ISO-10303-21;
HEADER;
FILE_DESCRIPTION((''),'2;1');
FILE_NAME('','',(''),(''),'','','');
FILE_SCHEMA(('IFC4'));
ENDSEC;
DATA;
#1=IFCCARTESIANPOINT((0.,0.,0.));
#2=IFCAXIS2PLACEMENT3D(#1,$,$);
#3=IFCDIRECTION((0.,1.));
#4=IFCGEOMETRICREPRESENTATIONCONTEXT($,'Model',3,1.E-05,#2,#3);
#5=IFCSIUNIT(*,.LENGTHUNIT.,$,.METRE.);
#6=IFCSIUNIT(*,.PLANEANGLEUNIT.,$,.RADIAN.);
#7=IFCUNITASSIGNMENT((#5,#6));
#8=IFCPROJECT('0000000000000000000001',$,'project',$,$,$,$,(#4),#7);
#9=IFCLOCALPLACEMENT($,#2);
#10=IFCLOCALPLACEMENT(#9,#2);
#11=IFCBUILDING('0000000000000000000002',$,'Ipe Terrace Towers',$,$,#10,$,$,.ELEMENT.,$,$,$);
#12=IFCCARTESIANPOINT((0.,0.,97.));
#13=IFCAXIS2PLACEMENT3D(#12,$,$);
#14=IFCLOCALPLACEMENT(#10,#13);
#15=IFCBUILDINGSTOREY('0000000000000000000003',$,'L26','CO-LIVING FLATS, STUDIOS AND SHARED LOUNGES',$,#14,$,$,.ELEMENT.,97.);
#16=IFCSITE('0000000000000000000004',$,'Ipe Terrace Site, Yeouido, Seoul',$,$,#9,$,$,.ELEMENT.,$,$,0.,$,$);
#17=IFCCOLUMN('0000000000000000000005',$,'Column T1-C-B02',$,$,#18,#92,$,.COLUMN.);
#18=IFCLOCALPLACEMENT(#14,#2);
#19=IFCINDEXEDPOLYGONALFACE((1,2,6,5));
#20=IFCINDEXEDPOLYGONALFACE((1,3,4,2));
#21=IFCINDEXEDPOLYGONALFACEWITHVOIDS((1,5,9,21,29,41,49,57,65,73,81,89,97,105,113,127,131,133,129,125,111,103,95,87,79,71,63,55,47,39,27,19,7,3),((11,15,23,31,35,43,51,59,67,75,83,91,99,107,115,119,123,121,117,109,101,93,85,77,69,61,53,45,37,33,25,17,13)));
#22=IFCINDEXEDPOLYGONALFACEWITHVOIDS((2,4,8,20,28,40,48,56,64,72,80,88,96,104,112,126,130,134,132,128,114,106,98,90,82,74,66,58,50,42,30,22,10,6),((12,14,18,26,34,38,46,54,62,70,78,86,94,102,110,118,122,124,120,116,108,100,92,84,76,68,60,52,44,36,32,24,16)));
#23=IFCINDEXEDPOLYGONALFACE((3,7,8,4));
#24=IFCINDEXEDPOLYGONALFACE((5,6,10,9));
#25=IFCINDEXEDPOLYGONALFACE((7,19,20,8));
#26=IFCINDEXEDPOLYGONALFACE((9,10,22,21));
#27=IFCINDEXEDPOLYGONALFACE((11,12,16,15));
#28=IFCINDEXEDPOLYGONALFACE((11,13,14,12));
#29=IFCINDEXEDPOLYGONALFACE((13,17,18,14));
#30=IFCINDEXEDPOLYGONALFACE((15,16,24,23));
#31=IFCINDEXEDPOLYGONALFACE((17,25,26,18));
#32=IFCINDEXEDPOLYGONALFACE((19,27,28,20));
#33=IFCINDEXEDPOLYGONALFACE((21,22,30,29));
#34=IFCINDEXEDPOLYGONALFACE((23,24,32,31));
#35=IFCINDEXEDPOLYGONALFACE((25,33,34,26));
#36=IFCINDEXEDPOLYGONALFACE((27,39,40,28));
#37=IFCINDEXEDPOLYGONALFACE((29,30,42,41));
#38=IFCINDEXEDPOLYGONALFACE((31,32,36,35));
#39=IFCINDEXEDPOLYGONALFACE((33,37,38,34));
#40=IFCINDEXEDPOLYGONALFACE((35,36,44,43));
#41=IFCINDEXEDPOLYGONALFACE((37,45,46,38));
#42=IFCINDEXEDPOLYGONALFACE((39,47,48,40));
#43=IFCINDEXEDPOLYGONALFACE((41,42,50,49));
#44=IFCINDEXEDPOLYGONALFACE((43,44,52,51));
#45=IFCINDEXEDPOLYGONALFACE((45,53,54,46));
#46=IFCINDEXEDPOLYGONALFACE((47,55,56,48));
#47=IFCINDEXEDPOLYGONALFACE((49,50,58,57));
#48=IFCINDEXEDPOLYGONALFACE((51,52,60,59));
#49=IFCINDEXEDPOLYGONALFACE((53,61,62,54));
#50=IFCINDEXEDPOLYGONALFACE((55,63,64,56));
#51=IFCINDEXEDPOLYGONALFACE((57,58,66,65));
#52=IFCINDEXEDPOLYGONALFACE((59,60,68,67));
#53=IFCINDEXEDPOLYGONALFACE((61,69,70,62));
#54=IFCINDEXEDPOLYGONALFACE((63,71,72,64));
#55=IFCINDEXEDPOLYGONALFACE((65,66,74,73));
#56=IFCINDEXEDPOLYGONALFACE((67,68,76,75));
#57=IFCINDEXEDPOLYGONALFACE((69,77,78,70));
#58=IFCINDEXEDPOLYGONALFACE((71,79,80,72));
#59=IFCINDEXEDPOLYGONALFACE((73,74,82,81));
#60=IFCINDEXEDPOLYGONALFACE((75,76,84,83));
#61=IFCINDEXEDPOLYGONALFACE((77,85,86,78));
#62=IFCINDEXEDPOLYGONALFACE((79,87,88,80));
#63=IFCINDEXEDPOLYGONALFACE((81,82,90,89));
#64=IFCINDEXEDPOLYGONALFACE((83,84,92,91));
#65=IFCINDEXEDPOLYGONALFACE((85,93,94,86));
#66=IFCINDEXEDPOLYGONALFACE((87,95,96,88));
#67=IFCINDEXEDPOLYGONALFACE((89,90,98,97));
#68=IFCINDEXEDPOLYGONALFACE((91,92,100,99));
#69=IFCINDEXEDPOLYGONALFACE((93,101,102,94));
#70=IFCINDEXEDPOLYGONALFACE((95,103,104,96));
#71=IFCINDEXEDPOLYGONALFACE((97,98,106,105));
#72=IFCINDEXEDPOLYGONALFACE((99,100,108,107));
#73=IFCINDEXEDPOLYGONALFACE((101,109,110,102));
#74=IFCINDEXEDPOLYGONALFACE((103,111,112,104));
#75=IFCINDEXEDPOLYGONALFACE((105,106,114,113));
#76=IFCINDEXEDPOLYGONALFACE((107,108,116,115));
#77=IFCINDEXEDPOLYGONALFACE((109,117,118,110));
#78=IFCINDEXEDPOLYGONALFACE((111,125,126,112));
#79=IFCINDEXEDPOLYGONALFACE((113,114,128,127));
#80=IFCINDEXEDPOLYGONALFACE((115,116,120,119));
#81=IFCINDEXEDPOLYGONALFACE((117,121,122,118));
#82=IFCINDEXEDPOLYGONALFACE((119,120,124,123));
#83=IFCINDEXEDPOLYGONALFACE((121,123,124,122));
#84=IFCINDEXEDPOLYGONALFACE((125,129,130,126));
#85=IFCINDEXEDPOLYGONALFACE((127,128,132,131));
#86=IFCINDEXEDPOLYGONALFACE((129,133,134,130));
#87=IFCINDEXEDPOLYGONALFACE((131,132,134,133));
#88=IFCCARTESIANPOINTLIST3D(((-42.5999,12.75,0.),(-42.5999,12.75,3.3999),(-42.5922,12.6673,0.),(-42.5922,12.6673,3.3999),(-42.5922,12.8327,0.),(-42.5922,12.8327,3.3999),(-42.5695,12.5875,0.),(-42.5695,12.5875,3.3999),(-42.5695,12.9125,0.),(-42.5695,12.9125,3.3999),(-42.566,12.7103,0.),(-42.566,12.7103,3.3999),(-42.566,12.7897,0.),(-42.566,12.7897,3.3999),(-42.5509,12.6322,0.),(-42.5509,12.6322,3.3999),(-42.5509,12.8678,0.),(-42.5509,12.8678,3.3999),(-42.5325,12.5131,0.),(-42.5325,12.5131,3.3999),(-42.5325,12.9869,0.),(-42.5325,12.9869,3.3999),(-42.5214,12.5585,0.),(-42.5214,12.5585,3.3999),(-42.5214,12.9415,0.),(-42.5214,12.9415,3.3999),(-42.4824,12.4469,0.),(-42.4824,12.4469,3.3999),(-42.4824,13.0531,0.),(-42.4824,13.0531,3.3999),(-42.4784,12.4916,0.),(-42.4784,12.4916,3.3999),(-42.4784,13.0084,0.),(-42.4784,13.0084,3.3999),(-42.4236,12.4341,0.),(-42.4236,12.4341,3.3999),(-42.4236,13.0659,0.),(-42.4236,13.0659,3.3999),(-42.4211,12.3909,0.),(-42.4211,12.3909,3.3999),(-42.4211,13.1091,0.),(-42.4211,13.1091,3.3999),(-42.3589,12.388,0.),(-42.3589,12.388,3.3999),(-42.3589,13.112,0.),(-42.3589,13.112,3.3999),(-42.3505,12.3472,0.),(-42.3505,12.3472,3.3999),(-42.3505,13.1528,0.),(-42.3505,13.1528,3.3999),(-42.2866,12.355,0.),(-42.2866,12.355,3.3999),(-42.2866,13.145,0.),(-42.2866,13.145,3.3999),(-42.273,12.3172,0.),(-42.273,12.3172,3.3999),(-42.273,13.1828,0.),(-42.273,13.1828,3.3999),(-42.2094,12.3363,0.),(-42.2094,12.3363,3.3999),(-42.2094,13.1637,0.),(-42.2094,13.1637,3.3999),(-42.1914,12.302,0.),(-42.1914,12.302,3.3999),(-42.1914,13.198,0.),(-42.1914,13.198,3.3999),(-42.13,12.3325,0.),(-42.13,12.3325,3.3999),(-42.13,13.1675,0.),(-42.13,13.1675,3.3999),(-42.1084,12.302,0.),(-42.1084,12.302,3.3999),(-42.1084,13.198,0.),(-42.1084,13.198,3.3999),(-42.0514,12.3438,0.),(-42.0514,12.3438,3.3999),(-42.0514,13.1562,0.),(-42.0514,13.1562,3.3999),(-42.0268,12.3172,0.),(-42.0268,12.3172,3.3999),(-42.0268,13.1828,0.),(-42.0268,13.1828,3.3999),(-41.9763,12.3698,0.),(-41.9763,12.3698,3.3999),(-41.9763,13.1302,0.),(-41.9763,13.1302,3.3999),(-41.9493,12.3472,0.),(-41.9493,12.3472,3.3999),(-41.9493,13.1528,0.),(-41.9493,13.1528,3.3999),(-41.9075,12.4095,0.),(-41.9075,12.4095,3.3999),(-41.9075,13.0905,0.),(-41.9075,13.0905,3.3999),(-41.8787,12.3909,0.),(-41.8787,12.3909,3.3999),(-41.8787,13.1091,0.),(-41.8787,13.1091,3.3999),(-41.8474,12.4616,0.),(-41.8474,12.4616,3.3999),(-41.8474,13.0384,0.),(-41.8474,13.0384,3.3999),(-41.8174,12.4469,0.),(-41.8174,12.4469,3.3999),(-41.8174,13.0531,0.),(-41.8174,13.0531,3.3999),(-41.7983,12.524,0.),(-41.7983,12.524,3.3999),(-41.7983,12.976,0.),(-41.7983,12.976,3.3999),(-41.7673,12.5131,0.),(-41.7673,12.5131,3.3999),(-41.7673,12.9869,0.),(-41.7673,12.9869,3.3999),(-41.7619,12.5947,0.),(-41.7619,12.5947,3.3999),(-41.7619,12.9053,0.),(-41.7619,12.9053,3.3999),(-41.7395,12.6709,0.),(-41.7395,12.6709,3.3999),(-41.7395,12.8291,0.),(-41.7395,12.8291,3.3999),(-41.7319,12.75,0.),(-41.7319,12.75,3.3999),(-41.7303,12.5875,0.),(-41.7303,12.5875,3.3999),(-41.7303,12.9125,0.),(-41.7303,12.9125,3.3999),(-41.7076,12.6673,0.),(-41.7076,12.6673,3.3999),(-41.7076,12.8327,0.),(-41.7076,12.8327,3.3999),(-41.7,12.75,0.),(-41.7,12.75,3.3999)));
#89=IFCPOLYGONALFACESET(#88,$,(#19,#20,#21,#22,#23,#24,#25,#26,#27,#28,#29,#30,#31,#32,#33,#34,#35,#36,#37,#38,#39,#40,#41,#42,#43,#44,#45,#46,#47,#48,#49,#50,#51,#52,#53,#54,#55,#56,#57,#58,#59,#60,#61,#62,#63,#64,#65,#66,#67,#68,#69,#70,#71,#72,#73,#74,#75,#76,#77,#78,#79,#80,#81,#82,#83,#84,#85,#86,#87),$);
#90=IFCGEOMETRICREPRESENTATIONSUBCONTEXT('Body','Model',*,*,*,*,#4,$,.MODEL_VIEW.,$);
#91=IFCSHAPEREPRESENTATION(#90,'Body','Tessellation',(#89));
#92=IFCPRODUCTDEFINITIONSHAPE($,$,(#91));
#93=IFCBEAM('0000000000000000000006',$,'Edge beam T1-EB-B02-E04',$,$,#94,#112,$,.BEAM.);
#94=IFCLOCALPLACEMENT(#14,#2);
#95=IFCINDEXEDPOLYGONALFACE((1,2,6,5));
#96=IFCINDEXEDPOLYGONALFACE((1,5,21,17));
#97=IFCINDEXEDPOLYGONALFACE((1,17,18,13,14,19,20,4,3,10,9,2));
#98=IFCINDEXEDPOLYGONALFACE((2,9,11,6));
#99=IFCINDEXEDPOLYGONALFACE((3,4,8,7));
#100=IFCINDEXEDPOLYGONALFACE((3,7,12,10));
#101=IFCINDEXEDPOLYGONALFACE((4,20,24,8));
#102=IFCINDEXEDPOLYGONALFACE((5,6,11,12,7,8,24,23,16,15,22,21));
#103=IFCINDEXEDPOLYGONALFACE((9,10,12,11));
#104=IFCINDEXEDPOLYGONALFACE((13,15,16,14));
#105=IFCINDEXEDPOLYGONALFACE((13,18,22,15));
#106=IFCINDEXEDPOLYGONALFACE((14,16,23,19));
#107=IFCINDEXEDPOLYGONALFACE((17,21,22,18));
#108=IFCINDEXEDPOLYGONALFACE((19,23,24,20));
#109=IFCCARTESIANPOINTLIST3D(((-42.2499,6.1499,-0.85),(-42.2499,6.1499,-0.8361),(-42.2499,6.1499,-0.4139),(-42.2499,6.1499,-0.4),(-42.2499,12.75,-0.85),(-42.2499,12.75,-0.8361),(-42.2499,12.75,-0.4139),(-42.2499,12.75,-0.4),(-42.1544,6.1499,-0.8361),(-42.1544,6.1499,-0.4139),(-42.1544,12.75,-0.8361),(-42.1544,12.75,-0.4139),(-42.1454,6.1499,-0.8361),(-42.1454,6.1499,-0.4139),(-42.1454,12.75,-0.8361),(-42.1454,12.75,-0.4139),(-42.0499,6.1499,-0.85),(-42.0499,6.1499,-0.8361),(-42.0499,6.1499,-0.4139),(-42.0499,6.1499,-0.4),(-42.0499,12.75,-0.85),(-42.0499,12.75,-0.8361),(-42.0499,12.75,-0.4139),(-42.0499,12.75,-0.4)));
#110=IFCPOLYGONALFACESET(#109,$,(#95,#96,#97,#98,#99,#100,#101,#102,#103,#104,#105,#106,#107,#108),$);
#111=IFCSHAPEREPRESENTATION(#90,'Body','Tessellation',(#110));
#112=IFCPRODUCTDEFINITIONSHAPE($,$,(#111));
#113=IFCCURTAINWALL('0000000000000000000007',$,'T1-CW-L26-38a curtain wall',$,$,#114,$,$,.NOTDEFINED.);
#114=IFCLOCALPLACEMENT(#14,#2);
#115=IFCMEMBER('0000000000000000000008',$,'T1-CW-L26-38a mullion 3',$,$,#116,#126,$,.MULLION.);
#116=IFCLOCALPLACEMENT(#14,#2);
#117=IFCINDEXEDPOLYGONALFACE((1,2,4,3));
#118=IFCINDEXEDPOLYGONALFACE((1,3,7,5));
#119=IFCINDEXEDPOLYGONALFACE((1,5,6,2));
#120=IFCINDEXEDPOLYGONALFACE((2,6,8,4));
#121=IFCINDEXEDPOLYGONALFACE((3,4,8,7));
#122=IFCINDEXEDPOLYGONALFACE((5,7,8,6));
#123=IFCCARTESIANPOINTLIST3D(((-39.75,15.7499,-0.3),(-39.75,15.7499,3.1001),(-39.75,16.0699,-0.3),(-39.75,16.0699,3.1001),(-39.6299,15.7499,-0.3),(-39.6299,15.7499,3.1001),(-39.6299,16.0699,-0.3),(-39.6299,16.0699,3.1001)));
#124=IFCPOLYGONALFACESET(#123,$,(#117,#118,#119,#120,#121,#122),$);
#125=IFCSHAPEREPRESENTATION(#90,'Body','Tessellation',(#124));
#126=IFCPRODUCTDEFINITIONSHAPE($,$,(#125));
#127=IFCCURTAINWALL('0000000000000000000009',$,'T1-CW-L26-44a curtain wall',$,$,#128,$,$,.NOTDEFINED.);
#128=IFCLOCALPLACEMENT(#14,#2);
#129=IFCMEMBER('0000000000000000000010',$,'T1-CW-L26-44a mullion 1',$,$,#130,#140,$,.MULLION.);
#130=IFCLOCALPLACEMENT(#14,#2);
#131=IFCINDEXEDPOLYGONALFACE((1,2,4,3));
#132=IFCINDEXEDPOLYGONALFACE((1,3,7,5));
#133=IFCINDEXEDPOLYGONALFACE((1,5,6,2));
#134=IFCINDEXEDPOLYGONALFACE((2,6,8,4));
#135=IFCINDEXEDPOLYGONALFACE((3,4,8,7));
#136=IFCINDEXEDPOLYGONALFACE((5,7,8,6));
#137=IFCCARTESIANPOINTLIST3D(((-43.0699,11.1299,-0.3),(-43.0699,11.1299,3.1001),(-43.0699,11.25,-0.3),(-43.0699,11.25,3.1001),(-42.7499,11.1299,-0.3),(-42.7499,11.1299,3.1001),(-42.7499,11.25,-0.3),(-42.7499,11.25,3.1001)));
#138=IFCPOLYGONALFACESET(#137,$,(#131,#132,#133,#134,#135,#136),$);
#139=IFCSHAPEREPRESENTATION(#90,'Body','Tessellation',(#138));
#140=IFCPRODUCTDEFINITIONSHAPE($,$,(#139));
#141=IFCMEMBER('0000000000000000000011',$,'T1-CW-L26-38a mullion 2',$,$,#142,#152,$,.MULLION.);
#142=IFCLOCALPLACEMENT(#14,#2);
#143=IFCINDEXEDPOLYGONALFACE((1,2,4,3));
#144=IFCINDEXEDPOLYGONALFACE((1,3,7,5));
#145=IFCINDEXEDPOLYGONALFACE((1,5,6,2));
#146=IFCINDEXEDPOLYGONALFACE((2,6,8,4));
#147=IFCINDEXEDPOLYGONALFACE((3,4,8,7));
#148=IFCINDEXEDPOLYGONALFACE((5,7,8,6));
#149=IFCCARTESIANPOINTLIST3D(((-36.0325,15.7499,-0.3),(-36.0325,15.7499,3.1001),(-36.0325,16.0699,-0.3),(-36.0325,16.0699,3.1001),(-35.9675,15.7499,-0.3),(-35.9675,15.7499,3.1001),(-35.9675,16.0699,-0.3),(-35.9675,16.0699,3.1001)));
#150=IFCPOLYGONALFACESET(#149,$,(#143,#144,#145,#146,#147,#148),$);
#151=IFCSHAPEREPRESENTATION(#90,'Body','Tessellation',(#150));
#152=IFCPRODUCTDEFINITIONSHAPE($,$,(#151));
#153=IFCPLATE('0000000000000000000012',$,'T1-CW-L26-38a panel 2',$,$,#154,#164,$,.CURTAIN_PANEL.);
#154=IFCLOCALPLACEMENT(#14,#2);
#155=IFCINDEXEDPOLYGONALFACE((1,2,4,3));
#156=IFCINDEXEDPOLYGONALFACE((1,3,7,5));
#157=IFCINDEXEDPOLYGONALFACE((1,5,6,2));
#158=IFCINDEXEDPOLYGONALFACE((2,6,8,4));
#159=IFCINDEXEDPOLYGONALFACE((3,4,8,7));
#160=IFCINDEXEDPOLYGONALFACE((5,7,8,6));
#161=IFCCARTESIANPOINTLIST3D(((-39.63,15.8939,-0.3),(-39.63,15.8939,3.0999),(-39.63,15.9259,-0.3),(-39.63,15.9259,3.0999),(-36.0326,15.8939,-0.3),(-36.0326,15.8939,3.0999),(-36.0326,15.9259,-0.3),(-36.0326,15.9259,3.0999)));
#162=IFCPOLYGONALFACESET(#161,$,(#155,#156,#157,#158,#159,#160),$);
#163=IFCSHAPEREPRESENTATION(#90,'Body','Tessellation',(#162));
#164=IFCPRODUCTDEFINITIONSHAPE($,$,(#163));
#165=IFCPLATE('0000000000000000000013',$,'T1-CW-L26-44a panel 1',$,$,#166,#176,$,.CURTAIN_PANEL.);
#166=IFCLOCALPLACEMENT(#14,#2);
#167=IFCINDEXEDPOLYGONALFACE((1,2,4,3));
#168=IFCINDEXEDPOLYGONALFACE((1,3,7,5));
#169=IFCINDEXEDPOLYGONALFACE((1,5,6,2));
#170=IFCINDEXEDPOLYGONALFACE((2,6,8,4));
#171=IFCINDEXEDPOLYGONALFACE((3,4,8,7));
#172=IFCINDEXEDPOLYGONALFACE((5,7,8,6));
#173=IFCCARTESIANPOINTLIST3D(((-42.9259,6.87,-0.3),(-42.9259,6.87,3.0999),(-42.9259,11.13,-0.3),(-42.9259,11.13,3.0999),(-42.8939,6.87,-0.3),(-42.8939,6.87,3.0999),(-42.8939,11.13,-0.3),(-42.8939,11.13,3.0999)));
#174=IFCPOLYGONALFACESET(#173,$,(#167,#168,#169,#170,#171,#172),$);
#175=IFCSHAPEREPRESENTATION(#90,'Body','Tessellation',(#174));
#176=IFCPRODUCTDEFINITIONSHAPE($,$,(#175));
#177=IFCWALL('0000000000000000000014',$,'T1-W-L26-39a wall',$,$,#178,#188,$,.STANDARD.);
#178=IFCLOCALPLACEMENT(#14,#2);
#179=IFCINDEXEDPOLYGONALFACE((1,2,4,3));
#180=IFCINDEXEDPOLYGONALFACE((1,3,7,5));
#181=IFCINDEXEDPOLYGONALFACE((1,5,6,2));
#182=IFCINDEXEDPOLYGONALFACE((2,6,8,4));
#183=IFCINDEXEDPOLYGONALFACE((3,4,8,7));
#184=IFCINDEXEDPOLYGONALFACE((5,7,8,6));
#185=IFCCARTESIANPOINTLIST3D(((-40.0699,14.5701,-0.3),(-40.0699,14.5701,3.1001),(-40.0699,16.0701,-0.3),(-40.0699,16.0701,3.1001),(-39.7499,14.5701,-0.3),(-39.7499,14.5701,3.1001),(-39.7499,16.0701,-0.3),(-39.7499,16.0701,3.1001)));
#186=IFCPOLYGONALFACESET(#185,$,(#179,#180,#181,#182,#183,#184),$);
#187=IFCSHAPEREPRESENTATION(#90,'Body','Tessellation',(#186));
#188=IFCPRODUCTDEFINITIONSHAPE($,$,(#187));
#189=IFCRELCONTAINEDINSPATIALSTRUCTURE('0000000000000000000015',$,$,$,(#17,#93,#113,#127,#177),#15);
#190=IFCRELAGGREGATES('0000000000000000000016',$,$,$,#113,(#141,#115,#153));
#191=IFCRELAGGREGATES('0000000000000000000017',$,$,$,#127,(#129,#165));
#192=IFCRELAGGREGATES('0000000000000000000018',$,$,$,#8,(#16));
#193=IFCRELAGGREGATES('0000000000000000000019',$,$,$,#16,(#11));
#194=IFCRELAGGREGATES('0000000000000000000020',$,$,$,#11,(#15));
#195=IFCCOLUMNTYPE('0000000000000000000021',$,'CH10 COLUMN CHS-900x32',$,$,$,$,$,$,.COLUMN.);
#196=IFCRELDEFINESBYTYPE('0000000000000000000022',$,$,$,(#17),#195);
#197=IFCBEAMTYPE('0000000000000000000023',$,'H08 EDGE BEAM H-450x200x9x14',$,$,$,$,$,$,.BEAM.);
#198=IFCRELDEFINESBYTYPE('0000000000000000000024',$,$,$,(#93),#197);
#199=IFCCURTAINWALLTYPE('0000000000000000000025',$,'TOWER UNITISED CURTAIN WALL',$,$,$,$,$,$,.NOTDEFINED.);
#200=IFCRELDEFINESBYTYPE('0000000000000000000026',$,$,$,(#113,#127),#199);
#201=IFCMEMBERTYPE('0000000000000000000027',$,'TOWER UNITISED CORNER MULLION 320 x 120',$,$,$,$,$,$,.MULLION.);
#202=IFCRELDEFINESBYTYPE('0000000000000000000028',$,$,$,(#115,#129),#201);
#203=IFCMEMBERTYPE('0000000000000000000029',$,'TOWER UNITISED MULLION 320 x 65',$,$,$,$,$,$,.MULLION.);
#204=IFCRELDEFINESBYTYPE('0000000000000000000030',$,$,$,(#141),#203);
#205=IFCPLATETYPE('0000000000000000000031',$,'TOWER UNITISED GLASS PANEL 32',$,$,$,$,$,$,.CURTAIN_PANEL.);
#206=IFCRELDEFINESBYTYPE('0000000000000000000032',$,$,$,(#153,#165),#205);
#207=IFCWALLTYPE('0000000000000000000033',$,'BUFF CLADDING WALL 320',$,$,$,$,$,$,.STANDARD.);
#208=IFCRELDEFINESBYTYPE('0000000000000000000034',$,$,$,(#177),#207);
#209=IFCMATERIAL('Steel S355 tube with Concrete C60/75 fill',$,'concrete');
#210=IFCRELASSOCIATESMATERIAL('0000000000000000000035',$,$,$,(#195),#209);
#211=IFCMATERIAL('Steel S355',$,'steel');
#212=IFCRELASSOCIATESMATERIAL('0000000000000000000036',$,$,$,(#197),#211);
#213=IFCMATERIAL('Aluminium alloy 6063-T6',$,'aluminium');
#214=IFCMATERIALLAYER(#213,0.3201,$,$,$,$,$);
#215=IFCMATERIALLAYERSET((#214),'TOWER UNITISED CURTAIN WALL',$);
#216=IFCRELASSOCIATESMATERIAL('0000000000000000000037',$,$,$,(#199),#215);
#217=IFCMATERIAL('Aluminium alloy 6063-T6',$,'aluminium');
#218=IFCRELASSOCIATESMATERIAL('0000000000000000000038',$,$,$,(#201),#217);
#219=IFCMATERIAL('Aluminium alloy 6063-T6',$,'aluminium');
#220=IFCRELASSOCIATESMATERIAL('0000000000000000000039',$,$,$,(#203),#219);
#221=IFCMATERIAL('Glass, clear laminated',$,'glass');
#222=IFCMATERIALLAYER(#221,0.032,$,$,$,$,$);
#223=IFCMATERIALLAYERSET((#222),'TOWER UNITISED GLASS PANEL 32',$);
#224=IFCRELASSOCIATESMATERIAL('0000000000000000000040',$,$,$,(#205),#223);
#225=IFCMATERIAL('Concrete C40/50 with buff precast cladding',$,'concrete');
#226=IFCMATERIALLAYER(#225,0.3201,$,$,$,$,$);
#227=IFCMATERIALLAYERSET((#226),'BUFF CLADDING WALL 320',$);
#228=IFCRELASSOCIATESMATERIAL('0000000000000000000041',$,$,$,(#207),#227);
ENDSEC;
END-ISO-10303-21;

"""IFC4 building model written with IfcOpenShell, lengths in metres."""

from ifc_helpers import new_model, si_unit, direction, frame, frame_2d, origin, origin_2d, place, context, subcontext, project, spatial, rectangle, hollow_circle, i_section, extrude, material, layer, layer_set, material_profile, profile_set, type_object, element, aggregate, save


model = new_model("IFC4")

# Units and contexts
model_context = context("Model", 3, precision=1e-05, world=origin(), true_north=direction((0.0, 1.0)))
body_context = subcontext(model_context, "Body", "Model", "MODEL_VIEW")
ifc_project = project(units=[si_unit("LENGTHUNIT", "METRE"), si_unit("PLANEANGLEUNIT", "RADIAN")], contexts=[model_context])

# Site, building, storey
site_placement = place(None, origin())
site = spatial("IfcSite", under=ifc_project, at=site_placement, Name="Ipe Terrace Site, Yeouido, Seoul", CompositionType="ELEMENT", RefElevation=0.0)
building_placement = place(site_placement, origin())
building = spatial("IfcBuilding", under=site, at=building_placement, Name="Ipe Terrace Towers", CompositionType="ELEMENT")
storey_placement = place(building_placement, frame((0.0, 0.0, 97.0)))
storey = spatial("IfcBuildingStorey", under=building, at=storey_placement, Name="L26", Description="CO-LIVING FLATS, STUDIOS AND SHARED LOUNGES", CompositionType="ELEMENT", Elevation=97.0)

# Column
ifc_material_1 = material(Name="Steel S355 tube with Concrete C60/75 fill", Category="concrete")
ifc_material_profile_1 = material_profile(ifc_material_1, hollow_circle(Radius=0.45, WallThickness=0.032, at=origin_2d()), Name="CHS-900x32")
ifc_profile_set_1 = profile_set([ifc_material_profile_1], Name="Steel S355 tube with Concrete C60/75 fill")
column_type = type_object("IfcColumnType", Name="CH10 COLUMN CHS-900x32", PredefinedType="COLUMN", material=ifc_profile_set_1)
column_placement = place(storey_placement, frame((-42.1499, 12.75, 0.0), z_axis=(0.0, 0.0, 1.0), x_axis=(1.0, 0.0, 0.0)))
element("IfcColumn", 1, at=column_placement, inside=storey, type_object=column_type, Name="Column T1-C-B02", PredefinedType="COLUMN", context=body_context, shape_type="SweptSolid", body=[
    extrude(hollow_circle(Radius=0.45, WallThickness=0.032, at=origin_2d()), origin(), (0.0, 0.0, 1.0), 3.3999),
])

# Beam
ifc_material_2 = material(Name="Steel S355", Category="steel")
ifc_material_profile_2 = material_profile(ifc_material_2, i_section(OverallWidth=0.2, OverallDepth=0.45, WebThickness=0.009, FlangeThickness=0.0139, at=origin_2d()), Name="H-450x200x9x14")
ifc_profile_set_2 = profile_set([ifc_material_profile_2], Name="Steel S355")
beam_type = type_object("IfcBeamType", Name="H08 EDGE BEAM H-450x200x9x14", PredefinedType="BEAM", material=ifc_profile_set_2)
beam_placement = place(storey_placement, frame((-42.1499, 12.75, -0.625), z_axis=(0.0, -1.0, 0.0), x_axis=(1.0, 0.0, 0.0)))
element("IfcBeam", 2, at=beam_placement, inside=storey, type_object=beam_type, Name="Edge beam T1-EB-B02-E04", PredefinedType="BEAM", context=body_context, shape_type="SweptSolid", body=[
    extrude(i_section(OverallWidth=0.2, OverallDepth=0.45, WebThickness=0.009, FlangeThickness=0.0139, at=origin_2d()), origin(), (0.0, 0.0, 1.0), 6.6001),
])

# Curtain walls, members
ifc_material_3 = material(Name="Aluminium alloy 6063-T6", Category="aluminium")
ifc_layer_1 = layer(ifc_material_3, 0.3201)
ifc_layer_set_1 = layer_set([ifc_layer_1], Name="TOWER UNITISED CURTAIN WALL")
curtain_wall_type = type_object("IfcCurtainWallType", Name="TOWER UNITISED CURTAIN WALL", PredefinedType="NOTDEFINED", material=ifc_layer_set_1)
curtain_wall_1_placement = place(storey_placement, origin())
curtain_wall_1 = element("IfcCurtainWall", 3, at=curtain_wall_1_placement, inside=storey, type_object=curtain_wall_type, Name="T1-CW-L26-38a curtain wall", PredefinedType="NOTDEFINED")
ifc_material_4 = material(Name="Aluminium alloy 6063-T6", Category="aluminium")
ifc_material_profile_3 = material_profile(ifc_material_4, rectangle(XDim=0.3201, YDim=0.1201, at=origin_2d()), Name="TOWER UNITISED CORNER MULLION 320 x 120")
ifc_profile_set_3 = profile_set([ifc_material_profile_3], Name="Aluminium alloy 6063-T6")
member_type_1 = type_object("IfcMemberType", Name="TOWER UNITISED CORNER MULLION 320 x 120", PredefinedType="MULLION", material=ifc_profile_set_3)
member_1_placement = place(storey_placement, frame((-39.6899, 15.9099, -0.3), z_axis=(0.0, 0.0, 1.0), x_axis=(0.0, 1.0, 0.0)))
member_1 = element("IfcMember", 4, at=member_1_placement, type_object=member_type_1, Name="T1-CW-L26-38a mullion 3", PredefinedType="MULLION", context=body_context, shape_type="SweptSolid", body=[
    extrude(rectangle(XDim=0.3201, YDim=0.1201, at=origin_2d()), origin(), (0.0, 0.0, 1.0), 3.4001),
])
curtain_wall_2_placement = place(storey_placement, origin())
curtain_wall_2 = element("IfcCurtainWall", 5, at=curtain_wall_2_placement, inside=storey, type_object=curtain_wall_type, Name="T1-CW-L26-44a curtain wall", PredefinedType="NOTDEFINED")
member_2_placement = place(storey_placement, frame((-42.9099, 11.1899, -0.3), z_axis=(0.0, 0.0, 1.0), x_axis=(-1.0, 0.0, 0.0)))
member_2 = element("IfcMember", 6, at=member_2_placement, type_object=member_type_1, Name="T1-CW-L26-44a mullion 1", PredefinedType="MULLION", context=body_context, shape_type="SweptSolid", body=[
    extrude(rectangle(XDim=0.3201, YDim=0.1201, at=origin_2d()), origin(), (0.0, 0.0, 1.0), 3.4001),
])

# Member
ifc_material_5 = material(Name="Aluminium alloy 6063-T6", Category="aluminium")
ifc_material_profile_4 = material_profile(ifc_material_5, rectangle(XDim=0.3201, YDim=0.0649, at=origin_2d()), Name="TOWER UNITISED MULLION 320 x 65")
ifc_profile_set_4 = profile_set([ifc_material_profile_4], Name="Aluminium alloy 6063-T6")
member_type_2 = type_object("IfcMemberType", Name="TOWER UNITISED MULLION 320 x 65", PredefinedType="MULLION", material=ifc_profile_set_4)
member_3_placement = place(storey_placement, frame((-36.0, 15.9099, -0.3), z_axis=(0.0, 0.0, 1.0), x_axis=(0.0, 1.0, 0.0)))
member_3 = element("IfcMember", 7, at=member_3_placement, type_object=member_type_2, Name="T1-CW-L26-38a mullion 2", PredefinedType="MULLION", context=body_context, shape_type="SweptSolid", body=[
    extrude(rectangle(XDim=0.3201, YDim=0.0649, at=origin_2d()), origin(), (0.0, 0.0, 1.0), 3.4001),
])

# Plates
ifc_material_6 = material(Name="Glass, clear laminated", Category="glass")
ifc_layer_2 = layer(ifc_material_6, 0.032)
ifc_layer_set_2 = layer_set([ifc_layer_2], Name="TOWER UNITISED GLASS PANEL 32")
plate_type = type_object("IfcPlateType", Name="TOWER UNITISED GLASS PANEL 32", PredefinedType="CURTAIN_PANEL", material=ifc_layer_set_2)
plate_1_placement = place(storey_placement, frame((-37.8313, 15.9099, -0.3), z_axis=(0.0, 0.0, 1.0), x_axis=(-1.0, 0.0, 0.0)))
plate_1 = element("IfcPlate", 8, at=plate_1_placement, type_object=plate_type, Name="T1-CW-L26-38a panel 2", PredefinedType="CURTAIN_PANEL", context=body_context, shape_type="SweptSolid", body=[
    extrude(rectangle(XDim=3.5974, YDim=0.032, at=origin_2d()), origin(), (0.0, 0.0, 1.0), 3.3999),
])
aggregate(curtain_wall_1, [member_3, member_1, plate_1])
plate_2_placement = place(storey_placement, frame((-42.9099, 9.0, -0.3), z_axis=(0.0, 0.0, 1.0), x_axis=(0.0, -1.0, 0.0)))
plate_2 = element("IfcPlate", 9, at=plate_2_placement, type_object=plate_type, Name="T1-CW-L26-44a panel 1", PredefinedType="CURTAIN_PANEL", context=body_context, shape_type="SweptSolid", body=[
    extrude(rectangle(XDim=4.26, YDim=0.032, at=origin_2d()), origin(), (0.0, 0.0, 1.0), 3.3999),
])
aggregate(curtain_wall_2, [member_2, plate_2])

# Wall
ifc_material_7 = material(Name="Concrete C40/50 with buff precast cladding", Category="concrete")
ifc_layer_3 = layer(ifc_material_7, 0.3201)
ifc_layer_set_3 = layer_set([ifc_layer_3], Name="BUFF CLADDING WALL 320")
wall_type_1 = type_object("IfcWallType", Name="BUFF CLADDING WALL 320", PredefinedType="STANDARD", material=ifc_layer_set_3)
wall_1_placement = place(storey_placement, frame((-39.9099, 16.0701, -0.3), z_axis=(0.0, 0.0, 1.0), x_axis=(0.0, -1.0, 0.0)))
element("IfcWall", 10, at=wall_1_placement, inside=storey, type_object=wall_type_1, Name="T1-W-L26-39a wall", PredefinedType="STANDARD", context=body_context, shape_type="SweptSolid", body=[
    extrude(rectangle(XDim=1.5, YDim=0.3201, at=frame_2d((0.75, 0.0))), origin(), (0.0, 0.0, 1.0), 3.4001),
])

save(model, "model.ifc")
